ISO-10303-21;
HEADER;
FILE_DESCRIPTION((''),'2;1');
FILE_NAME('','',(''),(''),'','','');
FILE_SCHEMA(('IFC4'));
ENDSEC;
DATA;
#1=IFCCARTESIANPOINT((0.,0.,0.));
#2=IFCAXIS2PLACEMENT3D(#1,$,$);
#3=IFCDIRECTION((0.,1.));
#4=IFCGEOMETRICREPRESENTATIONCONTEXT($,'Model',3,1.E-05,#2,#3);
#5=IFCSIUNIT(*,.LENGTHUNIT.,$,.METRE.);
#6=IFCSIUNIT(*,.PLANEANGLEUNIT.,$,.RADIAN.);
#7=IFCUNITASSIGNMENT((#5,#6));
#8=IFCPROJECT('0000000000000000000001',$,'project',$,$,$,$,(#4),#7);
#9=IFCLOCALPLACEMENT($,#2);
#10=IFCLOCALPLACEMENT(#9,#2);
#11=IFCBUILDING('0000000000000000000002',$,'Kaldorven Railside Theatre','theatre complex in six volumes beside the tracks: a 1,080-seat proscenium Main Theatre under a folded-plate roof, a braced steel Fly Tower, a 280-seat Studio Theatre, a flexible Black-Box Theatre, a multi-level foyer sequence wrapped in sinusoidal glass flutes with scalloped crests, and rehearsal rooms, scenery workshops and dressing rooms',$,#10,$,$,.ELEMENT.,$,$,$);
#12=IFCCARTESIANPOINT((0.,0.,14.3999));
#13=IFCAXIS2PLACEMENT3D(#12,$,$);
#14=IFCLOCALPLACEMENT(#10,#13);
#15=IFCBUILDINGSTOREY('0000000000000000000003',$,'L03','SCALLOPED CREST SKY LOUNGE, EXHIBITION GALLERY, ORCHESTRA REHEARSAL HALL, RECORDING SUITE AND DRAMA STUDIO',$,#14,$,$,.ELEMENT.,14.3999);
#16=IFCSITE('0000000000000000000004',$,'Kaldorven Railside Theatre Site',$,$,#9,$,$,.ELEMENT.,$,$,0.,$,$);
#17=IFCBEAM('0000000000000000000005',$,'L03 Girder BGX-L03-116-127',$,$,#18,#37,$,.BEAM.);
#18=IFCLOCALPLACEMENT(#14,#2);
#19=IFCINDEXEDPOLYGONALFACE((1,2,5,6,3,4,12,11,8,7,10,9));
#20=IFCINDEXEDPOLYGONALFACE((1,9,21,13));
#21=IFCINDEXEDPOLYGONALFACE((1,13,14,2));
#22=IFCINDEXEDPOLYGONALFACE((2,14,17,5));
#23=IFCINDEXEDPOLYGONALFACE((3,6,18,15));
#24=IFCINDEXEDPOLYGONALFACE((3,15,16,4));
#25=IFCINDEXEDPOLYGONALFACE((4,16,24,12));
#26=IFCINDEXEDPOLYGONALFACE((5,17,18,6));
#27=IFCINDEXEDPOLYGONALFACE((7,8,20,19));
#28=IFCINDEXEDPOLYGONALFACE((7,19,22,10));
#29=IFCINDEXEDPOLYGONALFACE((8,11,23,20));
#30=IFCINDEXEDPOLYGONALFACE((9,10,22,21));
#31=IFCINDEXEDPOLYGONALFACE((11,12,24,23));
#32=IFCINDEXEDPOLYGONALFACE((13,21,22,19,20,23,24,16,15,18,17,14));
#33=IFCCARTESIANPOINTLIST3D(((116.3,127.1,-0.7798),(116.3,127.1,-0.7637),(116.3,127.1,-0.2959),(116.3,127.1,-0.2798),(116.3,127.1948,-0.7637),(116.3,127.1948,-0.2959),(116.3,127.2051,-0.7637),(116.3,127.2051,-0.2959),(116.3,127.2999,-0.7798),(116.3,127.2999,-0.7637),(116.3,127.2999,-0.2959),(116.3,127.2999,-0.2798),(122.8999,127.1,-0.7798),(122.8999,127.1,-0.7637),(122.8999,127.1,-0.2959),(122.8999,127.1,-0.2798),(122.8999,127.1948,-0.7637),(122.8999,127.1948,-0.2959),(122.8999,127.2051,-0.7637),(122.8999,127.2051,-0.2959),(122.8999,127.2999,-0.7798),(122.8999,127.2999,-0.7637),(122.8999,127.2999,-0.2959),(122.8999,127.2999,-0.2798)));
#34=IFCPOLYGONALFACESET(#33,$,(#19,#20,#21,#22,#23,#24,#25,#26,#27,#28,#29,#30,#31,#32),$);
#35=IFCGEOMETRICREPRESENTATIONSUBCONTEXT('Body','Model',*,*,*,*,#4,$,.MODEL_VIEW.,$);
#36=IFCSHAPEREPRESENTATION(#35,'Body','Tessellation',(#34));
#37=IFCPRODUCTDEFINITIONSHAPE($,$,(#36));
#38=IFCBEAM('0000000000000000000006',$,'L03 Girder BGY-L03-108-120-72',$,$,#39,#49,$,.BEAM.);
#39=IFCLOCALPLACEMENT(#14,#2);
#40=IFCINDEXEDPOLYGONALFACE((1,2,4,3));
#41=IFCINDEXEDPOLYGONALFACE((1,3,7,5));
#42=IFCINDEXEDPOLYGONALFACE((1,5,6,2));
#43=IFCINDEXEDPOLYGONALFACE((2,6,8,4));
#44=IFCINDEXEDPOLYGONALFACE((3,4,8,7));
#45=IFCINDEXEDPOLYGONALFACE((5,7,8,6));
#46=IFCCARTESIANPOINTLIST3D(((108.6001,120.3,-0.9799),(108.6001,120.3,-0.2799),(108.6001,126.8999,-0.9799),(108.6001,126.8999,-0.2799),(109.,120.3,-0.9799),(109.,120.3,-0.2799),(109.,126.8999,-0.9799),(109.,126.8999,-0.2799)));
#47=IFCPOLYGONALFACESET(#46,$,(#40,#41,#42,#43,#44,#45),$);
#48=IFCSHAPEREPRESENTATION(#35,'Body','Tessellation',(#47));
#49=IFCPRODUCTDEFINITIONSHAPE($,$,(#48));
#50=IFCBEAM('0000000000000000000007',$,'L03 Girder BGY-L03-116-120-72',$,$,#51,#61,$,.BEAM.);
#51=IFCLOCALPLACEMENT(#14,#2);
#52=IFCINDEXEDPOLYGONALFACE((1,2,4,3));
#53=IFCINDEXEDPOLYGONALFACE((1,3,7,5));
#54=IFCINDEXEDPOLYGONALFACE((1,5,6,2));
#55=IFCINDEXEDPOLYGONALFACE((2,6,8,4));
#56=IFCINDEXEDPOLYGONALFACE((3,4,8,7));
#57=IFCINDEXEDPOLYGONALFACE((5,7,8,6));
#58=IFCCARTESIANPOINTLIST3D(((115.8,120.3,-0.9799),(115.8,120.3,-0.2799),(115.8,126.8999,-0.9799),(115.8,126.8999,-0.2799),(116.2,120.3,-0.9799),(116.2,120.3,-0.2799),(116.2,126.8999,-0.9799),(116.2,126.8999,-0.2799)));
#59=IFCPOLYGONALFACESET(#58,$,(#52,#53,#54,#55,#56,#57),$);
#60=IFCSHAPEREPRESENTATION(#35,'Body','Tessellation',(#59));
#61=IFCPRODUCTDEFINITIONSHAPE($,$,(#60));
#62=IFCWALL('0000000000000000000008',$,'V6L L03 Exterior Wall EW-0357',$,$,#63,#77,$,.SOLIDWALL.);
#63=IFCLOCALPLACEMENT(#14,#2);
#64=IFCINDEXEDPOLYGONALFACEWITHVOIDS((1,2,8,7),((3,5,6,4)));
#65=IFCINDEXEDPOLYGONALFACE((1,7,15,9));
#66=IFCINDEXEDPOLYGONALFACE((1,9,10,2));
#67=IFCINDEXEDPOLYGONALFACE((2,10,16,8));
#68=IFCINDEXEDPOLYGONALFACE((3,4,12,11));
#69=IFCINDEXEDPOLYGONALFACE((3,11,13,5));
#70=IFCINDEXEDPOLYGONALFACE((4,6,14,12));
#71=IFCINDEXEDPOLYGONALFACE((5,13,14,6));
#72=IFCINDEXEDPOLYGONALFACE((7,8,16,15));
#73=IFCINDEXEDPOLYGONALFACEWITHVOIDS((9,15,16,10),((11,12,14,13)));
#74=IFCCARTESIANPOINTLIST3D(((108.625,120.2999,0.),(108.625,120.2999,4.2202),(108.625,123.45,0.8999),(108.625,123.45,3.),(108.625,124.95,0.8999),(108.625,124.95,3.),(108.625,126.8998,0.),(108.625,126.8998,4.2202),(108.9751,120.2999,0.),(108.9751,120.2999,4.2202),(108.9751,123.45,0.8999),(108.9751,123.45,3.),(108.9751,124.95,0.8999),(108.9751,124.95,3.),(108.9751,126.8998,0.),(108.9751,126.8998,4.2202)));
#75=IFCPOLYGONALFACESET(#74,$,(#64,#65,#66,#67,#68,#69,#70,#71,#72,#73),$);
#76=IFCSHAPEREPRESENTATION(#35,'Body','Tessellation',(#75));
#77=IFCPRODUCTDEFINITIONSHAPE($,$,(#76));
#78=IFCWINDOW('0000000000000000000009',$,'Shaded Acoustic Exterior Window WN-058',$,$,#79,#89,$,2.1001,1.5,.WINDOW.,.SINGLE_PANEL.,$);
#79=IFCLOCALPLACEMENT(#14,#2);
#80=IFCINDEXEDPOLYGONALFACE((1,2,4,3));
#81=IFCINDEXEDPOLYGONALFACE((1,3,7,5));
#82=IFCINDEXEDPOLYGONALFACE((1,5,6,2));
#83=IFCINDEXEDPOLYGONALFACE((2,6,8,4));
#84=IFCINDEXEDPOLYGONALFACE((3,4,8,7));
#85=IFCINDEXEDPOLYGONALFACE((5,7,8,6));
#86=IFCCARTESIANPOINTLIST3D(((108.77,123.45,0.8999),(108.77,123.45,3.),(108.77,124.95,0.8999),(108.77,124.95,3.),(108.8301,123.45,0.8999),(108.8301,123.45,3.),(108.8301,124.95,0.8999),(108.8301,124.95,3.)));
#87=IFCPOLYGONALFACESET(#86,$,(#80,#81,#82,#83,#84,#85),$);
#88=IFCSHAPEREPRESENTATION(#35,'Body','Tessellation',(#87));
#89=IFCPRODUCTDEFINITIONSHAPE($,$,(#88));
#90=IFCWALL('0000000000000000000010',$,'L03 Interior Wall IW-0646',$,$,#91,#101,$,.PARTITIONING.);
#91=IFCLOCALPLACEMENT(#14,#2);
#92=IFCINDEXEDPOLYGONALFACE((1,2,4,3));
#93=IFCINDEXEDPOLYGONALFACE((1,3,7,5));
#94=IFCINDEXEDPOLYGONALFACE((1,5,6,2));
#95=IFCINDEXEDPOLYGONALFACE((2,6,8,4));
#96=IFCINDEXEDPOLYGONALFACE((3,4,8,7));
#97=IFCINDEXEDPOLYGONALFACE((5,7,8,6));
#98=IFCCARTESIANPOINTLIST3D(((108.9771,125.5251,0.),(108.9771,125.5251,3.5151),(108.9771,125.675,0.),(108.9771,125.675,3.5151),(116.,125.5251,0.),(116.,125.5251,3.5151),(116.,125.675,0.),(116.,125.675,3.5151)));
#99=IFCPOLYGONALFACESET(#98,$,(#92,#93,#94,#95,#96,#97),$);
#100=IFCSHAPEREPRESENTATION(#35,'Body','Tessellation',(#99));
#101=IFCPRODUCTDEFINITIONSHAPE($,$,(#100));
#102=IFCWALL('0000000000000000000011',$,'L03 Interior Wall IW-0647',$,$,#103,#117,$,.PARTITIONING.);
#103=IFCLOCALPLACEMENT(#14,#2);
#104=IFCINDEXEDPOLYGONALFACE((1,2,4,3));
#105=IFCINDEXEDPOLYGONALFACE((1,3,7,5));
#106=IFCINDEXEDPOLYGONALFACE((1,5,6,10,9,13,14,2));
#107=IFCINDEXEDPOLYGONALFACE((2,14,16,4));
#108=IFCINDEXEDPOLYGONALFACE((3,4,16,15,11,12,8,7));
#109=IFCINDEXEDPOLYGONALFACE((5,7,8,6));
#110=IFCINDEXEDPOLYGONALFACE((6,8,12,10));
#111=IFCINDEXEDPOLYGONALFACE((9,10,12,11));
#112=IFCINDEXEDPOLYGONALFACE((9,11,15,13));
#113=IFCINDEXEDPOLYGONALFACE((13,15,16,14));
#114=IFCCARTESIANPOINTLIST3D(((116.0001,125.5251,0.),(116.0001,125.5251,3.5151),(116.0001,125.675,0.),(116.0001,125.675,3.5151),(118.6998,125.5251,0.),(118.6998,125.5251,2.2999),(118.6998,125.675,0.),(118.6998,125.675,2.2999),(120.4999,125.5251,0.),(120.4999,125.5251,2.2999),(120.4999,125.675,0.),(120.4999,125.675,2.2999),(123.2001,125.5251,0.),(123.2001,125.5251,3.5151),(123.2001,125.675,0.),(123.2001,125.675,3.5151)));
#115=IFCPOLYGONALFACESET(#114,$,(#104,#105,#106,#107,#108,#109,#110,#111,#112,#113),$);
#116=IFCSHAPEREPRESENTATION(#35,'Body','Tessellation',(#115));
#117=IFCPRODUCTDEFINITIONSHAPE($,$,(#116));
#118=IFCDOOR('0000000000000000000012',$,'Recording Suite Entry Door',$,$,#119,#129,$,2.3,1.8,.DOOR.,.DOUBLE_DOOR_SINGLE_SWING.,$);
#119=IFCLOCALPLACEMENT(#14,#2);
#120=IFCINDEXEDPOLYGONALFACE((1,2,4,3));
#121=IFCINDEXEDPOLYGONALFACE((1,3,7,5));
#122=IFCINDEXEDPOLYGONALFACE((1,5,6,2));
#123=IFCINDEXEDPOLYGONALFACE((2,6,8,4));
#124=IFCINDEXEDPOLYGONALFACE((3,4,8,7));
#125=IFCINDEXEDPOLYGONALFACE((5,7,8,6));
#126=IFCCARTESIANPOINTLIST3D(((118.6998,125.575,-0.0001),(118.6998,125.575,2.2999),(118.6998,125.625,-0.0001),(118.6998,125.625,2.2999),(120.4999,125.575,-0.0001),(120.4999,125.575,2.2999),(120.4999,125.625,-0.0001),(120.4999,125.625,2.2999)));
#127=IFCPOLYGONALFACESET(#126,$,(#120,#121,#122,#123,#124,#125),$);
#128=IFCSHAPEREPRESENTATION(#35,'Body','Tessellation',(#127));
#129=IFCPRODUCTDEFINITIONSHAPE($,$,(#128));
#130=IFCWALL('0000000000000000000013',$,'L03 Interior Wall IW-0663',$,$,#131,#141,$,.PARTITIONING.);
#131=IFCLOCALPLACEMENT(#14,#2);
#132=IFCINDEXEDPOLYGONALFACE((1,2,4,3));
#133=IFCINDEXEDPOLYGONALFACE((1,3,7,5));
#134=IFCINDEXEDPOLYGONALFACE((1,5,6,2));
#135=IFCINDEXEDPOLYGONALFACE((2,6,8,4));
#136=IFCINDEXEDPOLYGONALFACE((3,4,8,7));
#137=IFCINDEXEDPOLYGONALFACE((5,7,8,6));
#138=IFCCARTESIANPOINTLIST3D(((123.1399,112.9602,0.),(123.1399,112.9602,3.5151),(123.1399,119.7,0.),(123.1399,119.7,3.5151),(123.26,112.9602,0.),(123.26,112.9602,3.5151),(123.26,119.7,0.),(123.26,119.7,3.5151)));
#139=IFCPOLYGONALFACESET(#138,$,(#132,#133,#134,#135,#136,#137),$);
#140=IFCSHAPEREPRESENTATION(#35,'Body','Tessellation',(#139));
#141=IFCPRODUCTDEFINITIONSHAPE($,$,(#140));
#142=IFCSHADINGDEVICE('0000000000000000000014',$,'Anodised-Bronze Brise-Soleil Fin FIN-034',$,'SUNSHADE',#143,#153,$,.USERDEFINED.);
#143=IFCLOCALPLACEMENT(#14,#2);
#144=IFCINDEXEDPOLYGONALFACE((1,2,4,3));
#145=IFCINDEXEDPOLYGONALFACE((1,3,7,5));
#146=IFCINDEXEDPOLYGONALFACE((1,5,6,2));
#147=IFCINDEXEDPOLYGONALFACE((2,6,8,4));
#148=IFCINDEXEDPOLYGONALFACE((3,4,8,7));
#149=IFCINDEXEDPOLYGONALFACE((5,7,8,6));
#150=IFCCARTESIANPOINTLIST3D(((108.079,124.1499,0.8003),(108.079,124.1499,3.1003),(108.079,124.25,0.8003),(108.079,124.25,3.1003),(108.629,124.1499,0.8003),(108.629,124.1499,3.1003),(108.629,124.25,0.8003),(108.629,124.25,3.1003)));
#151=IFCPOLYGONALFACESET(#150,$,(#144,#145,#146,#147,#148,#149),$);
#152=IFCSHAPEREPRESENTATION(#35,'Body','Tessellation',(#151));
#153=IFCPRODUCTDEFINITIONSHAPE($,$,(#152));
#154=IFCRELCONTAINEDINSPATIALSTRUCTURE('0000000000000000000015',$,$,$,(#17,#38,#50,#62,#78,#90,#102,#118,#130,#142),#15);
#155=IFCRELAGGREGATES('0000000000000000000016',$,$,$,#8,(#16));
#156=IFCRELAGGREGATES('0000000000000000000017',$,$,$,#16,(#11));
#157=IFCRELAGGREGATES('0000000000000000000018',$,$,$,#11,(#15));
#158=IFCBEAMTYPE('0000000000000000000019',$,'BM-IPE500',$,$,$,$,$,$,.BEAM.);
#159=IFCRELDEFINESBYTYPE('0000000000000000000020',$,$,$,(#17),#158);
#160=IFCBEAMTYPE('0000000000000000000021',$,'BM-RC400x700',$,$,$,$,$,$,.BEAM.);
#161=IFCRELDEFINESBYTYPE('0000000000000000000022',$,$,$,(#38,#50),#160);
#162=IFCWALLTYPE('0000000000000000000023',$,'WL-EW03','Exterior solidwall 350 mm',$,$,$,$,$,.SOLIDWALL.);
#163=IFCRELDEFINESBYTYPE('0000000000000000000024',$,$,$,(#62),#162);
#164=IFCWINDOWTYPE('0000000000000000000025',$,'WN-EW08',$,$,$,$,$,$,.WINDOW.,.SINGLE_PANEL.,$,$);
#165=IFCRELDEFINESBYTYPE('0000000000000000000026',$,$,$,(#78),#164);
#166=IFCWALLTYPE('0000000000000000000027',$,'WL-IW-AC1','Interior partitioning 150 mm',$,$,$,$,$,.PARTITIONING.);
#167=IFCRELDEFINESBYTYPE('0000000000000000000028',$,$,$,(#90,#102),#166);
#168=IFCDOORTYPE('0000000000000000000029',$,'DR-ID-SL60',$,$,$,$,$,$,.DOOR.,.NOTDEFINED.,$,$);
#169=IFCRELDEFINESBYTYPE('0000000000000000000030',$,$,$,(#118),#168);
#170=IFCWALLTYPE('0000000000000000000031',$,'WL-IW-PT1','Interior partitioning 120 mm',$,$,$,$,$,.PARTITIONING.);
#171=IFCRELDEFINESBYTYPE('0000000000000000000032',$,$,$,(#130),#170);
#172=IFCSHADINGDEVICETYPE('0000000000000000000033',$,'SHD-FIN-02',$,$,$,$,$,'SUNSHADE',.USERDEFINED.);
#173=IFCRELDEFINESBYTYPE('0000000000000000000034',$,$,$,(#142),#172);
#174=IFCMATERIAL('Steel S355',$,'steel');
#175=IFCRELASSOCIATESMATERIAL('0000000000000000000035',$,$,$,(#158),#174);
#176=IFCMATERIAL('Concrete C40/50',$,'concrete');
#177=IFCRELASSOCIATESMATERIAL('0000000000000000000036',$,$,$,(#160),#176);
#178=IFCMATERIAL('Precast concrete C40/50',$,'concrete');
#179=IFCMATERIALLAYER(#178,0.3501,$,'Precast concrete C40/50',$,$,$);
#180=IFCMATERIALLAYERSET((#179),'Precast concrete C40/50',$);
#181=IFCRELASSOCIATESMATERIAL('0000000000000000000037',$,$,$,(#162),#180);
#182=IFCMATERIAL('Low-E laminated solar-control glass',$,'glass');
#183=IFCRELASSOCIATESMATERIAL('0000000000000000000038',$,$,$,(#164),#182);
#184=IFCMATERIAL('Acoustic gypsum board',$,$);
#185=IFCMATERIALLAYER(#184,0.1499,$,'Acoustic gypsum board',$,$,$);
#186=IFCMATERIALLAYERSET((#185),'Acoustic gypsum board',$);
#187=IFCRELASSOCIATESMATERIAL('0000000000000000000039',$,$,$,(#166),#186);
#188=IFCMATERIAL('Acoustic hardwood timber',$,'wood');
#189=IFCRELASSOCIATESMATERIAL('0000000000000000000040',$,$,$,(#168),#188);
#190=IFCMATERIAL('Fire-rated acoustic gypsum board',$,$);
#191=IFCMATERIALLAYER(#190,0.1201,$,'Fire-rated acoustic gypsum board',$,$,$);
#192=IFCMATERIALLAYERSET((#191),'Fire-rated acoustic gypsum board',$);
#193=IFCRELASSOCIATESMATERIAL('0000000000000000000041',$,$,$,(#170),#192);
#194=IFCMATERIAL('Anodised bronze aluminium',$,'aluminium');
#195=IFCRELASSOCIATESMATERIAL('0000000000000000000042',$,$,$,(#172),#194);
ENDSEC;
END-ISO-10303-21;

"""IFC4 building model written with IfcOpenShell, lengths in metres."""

from ifc_helpers import new_model, si_unit, direction, frame, frame_2d, origin, origin_2d, place, context, subcontext, project, spatial, rectangle, i_section, extrude, material, layer, layer_set, material_profile, profile_set, type_object, element, fill, save


model = new_model("IFC4")

# Units and contexts
model_context = context("Model", 3, precision=1e-05, world=origin(), true_north=direction((0.0, 1.0)))
body_context = subcontext(model_context, "Body", "Model", "MODEL_VIEW")
ifc_project = project(units=[si_unit("LENGTHUNIT", "METRE"), si_unit("PLANEANGLEUNIT", "RADIAN")], contexts=[model_context])

# Site, building, storey
site_placement = place(None, origin())
site = spatial("IfcSite", under=ifc_project, at=site_placement, Name="Kaldorven Railside Theatre Site", CompositionType="ELEMENT", RefElevation=0.0)
building_placement = place(site_placement, origin())
building = spatial("IfcBuilding", under=site, at=building_placement, Name="Kaldorven Railside Theatre", Description="theatre complex in six volumes beside the tracks: a 1,080-seat proscenium Main Theatre under a folded-plate roof, a braced steel Fly Tower, a 280-seat Studio Theatre, a flexible Black-Box Theatre, a multi-level foyer sequence wrapped in sinusoidal glass flutes with scalloped crests, and rehearsal rooms, scenery workshops and dressing rooms", CompositionType="ELEMENT")
storey_placement = place(building_placement, frame((0.0, 0.0, 14.3999)))
storey = spatial("IfcBuildingStorey", under=building, at=storey_placement, Name="L03", Description="SCALLOPED CREST SKY LOUNGE, EXHIBITION GALLERY, ORCHESTRA REHEARSAL HALL, RECORDING SUITE AND DRAMA STUDIO", CompositionType="ELEMENT", Elevation=14.3999)

# Shared definitions
ifc_material_1 = material(Name="Concrete C40/50", Category="concrete")

# Beams
ifc_material_2 = material(Name="Steel S355", Category="steel")
ifc_material_profile_1 = material_profile(ifc_material_2, i_section(OverallWidth=0.2, OverallDepth=0.5, WebThickness=0.0103, FlangeThickness=0.0161, at=origin_2d()), Name="IPE 500")
ifc_profile_set_1 = profile_set([ifc_material_profile_1], Name="Steel S355")
beam_type_1 = type_object("IfcBeamType", Name="BM-IPE500", PredefinedType="BEAM", material=ifc_profile_set_1)
for number, where, z_axis, x_axis, name in (
    (1, (116.3, 127.2, -0.5298), (1.0, 0.0, 0.0), (0.0, 1.0, 0.0), "L03 Girder BGX-L03-116-127"),
):
    element("IfcBeam", number, at=place(storey_placement, frame(where, z_axis=z_axis, x_axis=x_axis)), inside=storey, type_object=beam_type_1, Name=name, PredefinedType="BEAM", context=body_context, shape_type="SweptSolid", body=[
        extrude(i_section(OverallWidth=0.2, OverallDepth=0.5, WebThickness=0.0103, FlangeThickness=0.0161, at=origin_2d()), origin(), (0.0, 0.0, 1.0), 6.5999),
    ])
ifc_material_profile_2 = material_profile(ifc_material_1, rectangle(XDim=0.3999, YDim=0.7, at=origin_2d()), Name="RC 400x700")
ifc_profile_set_2 = profile_set([ifc_material_profile_2], Name="Concrete C40/50")
beam_type_2 = type_object("IfcBeamType", Name="BM-RC400x700", PredefinedType="BEAM", material=ifc_profile_set_2)
for number, where, z_axis, x_axis, name in (
    (2, (108.8, 120.3, -0.6299), (0.0, 1.0, 0.0), (-1.0, 0.0, 0.0), "L03 Girder BGY-L03-108-120-72"),
    (3, (116.0, 120.3, -0.6299), (0.0, 1.0, 0.0), (-1.0, 0.0, 0.0), "L03 Girder BGY-L03-116-120-72"),
):
    element("IfcBeam", number, at=place(storey_placement, frame(where, z_axis=z_axis, x_axis=x_axis)), inside=storey, type_object=beam_type_2, Name=name, PredefinedType="BEAM", context=body_context, shape_type="SweptSolid", body=[
        extrude(rectangle(XDim=0.3999, YDim=0.7, at=origin_2d()), origin(), (0.0, 0.0, 1.0), 6.5999),
    ])

# Wall, opening, window
ifc_material_3 = material(Name="Precast concrete C40/50", Category="concrete")
ifc_layer_1 = layer(ifc_material_3, 0.3501, Name="Precast concrete C40/50")
ifc_layer_set_1 = layer_set([ifc_layer_1], Name="Precast concrete C40/50")
wall_type_1 = type_object("IfcWallType", Name="WL-EW03", Description="Exterior solidwall 350 mm", PredefinedType="SOLIDWALL", material=ifc_layer_set_1)
wall_1_placement = place(storey_placement, frame((108.8, 120.3, 0.0), z_axis=(0.0, 0.0, 1.0), x_axis=(0.0, 1.0, 0.0)))
wall_1 = element("IfcWall", 4, at=wall_1_placement, inside=storey, type_object=wall_type_1, Name="V6L L03 Exterior Wall EW-0357", PredefinedType="SOLIDWALL", context=body_context, shape_type="SweptSolid", body=[
    extrude(rectangle(XDim=6.5999, YDim=0.3501, at=frame_2d((3.2998, 0.0))), origin(), (0.0, 0.0, 1.0), 4.2202),
])
opening_1_placement = place(wall_1_placement, frame((3.1499, 0.0, 0.8999)))
opening_1 = element("IfcOpeningElement", 5, at=opening_1_placement, cuts=wall_1, PredefinedType="OPENING", context=body_context, shape_type="SweptSolid", body=[
    extrude(rectangle(XDim=1.5, YDim=2.1001, at=frame_2d((0.75, 1.05))), frame((0.0, 0.1851, 0.0), z_axis=(0.0, -1.0, 0.0), x_axis=(1.0, 0.0, 0.0)), (0.0, 0.0, 1.0), 0.3701),
])
ifc_material_4 = material(Name="Low-E laminated solar-control glass", Category="glass")
window_type = type_object("IfcWindowType", Name="WN-EW08", PartitioningType="SINGLE_PANEL", PredefinedType="WINDOW", material=ifc_material_4)
window_placement = place(opening_1_placement, origin())
window = element("IfcWindow", 6, at=window_placement, inside=storey, type_object=window_type, Name="Shaded Acoustic Exterior Window WN-058", OverallHeight=2.1001, OverallWidth=1.5, PartitioningType="SINGLE_PANEL", PredefinedType="WINDOW", context=body_context, shape_type="SweptSolid", body=[
    extrude(rectangle(XDim=1.5, YDim=2.1001, at=frame_2d((0.75, 1.05))), frame((0.0, 0.03, 0.0), z_axis=(0.0, -1.0, 0.0), x_axis=(1.0, 0.0, 0.0)), (0.0, 0.0, 1.0), 0.0601),
])
fill(opening_1, window)

# Wall
ifc_material_5 = material(Name="Acoustic gypsum board")
ifc_layer_2 = layer(ifc_material_5, 0.1499, Name="Acoustic gypsum board")
ifc_layer_set_2 = layer_set([ifc_layer_2], Name="Acoustic gypsum board")
wall_type_2 = type_object("IfcWallType", Name="WL-IW-AC1", Description="Interior partitioning 150 mm", PredefinedType="PARTITIONING", material=ifc_layer_set_2)
wall_2_placement = place(storey_placement, frame((108.9771, 125.6001, 0.0), z_axis=(0.0, 0.0, 1.0), x_axis=(1.0, 0.0, 0.0)))
element("IfcWall", 7, at=wall_2_placement, inside=storey, type_object=wall_type_2, Name="L03 Interior Wall IW-0646", PredefinedType="PARTITIONING", context=body_context, shape_type="SweptSolid", body=[
    extrude(rectangle(XDim=7.0229, YDim=0.1499, at=frame_2d((3.5115, 0.0))), origin(), (0.0, 0.0, 1.0), 3.5151),
])

# Wall, opening, door
wall_3_placement = place(storey_placement, frame((116.0, 125.6001, 0.0), z_axis=(0.0, 0.0, 1.0), x_axis=(1.0, 0.0, 0.0)))
wall_3 = element("IfcWall", 8, at=wall_3_placement, inside=storey, type_object=wall_type_2, Name="L03 Interior Wall IW-0647", PredefinedType="PARTITIONING", context=body_context, shape_type="SweptSolid", body=[
    extrude(rectangle(XDim=7.2, YDim=0.1499, at=frame_2d((3.6001, 0.0))), origin(), (0.0, 0.0, 1.0), 3.5151),
])
opening_2_placement = place(wall_3_placement, frame((2.7, 0.0, 0.0)))
opening_2 = element("IfcOpeningElement", 9, at=opening_2_placement, cuts=wall_3, PredefinedType="OPENING", context=body_context, shape_type="SweptSolid", body=[
    extrude(rectangle(XDim=1.8, YDim=2.3, at=frame_2d((0.8999, 1.1499))), frame((0.0, 0.085, 0.0), z_axis=(0.0, -1.0, 0.0), x_axis=(1.0, 0.0, 0.0)), (0.0, 0.0, 1.0), 0.1699),
])
ifc_material_6 = material(Name="Acoustic hardwood timber", Category="wood")
door_type = type_object("IfcDoorType", Name="DR-ID-SL60", OperationType="NOTDEFINED", PredefinedType="DOOR", material=ifc_material_6)
door_placement = place(opening_2_placement, origin())
door = element("IfcDoor", 10, at=door_placement, inside=storey, type_object=door_type, Name="Recording Suite Entry Door", OperationType="DOUBLE_DOOR_SINGLE_SWING", OverallHeight=2.3, OverallWidth=1.8, PredefinedType="DOOR", context=body_context, shape_type="SweptSolid", body=[
    extrude(rectangle(XDim=1.8, YDim=2.3, at=frame_2d((0.8999, 1.1499))), frame((0.0, 0.0249, 0.0), z_axis=(0.0, -1.0, 0.0), x_axis=(1.0, 0.0, 0.0)), (0.0, 0.0, 1.0), 0.05),
])
fill(opening_2, door)

# Wall
ifc_material_7 = material(Name="Fire-rated acoustic gypsum board")
ifc_layer_3 = layer(ifc_material_7, 0.1201, Name="Fire-rated acoustic gypsum board")
ifc_layer_set_3 = layer_set([ifc_layer_3], Name="Fire-rated acoustic gypsum board")
wall_type_3 = type_object("IfcWallType", Name="WL-IW-PT1", Description="Interior partitioning 120 mm", PredefinedType="PARTITIONING", material=ifc_layer_set_3)
wall_4_placement = place(storey_placement, frame((123.2, 119.7, 0.0), z_axis=(0.0, 0.0, 1.0), x_axis=(0.0, -1.0, 0.0)))
element("IfcWall", 11, at=wall_4_placement, inside=storey, type_object=wall_type_3, Name="L03 Interior Wall IW-0663", PredefinedType="PARTITIONING", context=body_context, shape_type="SweptSolid", body=[
    extrude(rectangle(XDim=6.7397, YDim=0.1201, at=frame_2d((3.3699, 0.0))), origin(), (0.0, 0.0, 1.0), 3.5151),
])

# Shading device
ifc_material_8 = material(Name="Anodised bronze aluminium", Category="aluminium")
shading_device_type = type_object("IfcShadingDeviceType", Name="SHD-FIN-02", ElementType="SUNSHADE", PredefinedType="USERDEFINED", material=ifc_material_8)
shading_device_placement = place(storey_placement, frame((108.354, 124.2, 0.8003), z_axis=(0.0, 0.0, 1.0), x_axis=(0.0, 1.0, 0.0)))
element("IfcShadingDevice", 12, at=shading_device_placement, inside=storey, type_object=shading_device_type, Name="Anodised-Bronze Brise-Soleil Fin FIN-034", ObjectType="SUNSHADE", PredefinedType="USERDEFINED", context=body_context, shape_type="SweptSolid", body=[
    extrude(rectangle(XDim=0.1001, YDim=0.55, at=origin_2d()), origin(), (0.0, 0.0, 1.0), 2.3),
])

save(model, "model.ifc")
